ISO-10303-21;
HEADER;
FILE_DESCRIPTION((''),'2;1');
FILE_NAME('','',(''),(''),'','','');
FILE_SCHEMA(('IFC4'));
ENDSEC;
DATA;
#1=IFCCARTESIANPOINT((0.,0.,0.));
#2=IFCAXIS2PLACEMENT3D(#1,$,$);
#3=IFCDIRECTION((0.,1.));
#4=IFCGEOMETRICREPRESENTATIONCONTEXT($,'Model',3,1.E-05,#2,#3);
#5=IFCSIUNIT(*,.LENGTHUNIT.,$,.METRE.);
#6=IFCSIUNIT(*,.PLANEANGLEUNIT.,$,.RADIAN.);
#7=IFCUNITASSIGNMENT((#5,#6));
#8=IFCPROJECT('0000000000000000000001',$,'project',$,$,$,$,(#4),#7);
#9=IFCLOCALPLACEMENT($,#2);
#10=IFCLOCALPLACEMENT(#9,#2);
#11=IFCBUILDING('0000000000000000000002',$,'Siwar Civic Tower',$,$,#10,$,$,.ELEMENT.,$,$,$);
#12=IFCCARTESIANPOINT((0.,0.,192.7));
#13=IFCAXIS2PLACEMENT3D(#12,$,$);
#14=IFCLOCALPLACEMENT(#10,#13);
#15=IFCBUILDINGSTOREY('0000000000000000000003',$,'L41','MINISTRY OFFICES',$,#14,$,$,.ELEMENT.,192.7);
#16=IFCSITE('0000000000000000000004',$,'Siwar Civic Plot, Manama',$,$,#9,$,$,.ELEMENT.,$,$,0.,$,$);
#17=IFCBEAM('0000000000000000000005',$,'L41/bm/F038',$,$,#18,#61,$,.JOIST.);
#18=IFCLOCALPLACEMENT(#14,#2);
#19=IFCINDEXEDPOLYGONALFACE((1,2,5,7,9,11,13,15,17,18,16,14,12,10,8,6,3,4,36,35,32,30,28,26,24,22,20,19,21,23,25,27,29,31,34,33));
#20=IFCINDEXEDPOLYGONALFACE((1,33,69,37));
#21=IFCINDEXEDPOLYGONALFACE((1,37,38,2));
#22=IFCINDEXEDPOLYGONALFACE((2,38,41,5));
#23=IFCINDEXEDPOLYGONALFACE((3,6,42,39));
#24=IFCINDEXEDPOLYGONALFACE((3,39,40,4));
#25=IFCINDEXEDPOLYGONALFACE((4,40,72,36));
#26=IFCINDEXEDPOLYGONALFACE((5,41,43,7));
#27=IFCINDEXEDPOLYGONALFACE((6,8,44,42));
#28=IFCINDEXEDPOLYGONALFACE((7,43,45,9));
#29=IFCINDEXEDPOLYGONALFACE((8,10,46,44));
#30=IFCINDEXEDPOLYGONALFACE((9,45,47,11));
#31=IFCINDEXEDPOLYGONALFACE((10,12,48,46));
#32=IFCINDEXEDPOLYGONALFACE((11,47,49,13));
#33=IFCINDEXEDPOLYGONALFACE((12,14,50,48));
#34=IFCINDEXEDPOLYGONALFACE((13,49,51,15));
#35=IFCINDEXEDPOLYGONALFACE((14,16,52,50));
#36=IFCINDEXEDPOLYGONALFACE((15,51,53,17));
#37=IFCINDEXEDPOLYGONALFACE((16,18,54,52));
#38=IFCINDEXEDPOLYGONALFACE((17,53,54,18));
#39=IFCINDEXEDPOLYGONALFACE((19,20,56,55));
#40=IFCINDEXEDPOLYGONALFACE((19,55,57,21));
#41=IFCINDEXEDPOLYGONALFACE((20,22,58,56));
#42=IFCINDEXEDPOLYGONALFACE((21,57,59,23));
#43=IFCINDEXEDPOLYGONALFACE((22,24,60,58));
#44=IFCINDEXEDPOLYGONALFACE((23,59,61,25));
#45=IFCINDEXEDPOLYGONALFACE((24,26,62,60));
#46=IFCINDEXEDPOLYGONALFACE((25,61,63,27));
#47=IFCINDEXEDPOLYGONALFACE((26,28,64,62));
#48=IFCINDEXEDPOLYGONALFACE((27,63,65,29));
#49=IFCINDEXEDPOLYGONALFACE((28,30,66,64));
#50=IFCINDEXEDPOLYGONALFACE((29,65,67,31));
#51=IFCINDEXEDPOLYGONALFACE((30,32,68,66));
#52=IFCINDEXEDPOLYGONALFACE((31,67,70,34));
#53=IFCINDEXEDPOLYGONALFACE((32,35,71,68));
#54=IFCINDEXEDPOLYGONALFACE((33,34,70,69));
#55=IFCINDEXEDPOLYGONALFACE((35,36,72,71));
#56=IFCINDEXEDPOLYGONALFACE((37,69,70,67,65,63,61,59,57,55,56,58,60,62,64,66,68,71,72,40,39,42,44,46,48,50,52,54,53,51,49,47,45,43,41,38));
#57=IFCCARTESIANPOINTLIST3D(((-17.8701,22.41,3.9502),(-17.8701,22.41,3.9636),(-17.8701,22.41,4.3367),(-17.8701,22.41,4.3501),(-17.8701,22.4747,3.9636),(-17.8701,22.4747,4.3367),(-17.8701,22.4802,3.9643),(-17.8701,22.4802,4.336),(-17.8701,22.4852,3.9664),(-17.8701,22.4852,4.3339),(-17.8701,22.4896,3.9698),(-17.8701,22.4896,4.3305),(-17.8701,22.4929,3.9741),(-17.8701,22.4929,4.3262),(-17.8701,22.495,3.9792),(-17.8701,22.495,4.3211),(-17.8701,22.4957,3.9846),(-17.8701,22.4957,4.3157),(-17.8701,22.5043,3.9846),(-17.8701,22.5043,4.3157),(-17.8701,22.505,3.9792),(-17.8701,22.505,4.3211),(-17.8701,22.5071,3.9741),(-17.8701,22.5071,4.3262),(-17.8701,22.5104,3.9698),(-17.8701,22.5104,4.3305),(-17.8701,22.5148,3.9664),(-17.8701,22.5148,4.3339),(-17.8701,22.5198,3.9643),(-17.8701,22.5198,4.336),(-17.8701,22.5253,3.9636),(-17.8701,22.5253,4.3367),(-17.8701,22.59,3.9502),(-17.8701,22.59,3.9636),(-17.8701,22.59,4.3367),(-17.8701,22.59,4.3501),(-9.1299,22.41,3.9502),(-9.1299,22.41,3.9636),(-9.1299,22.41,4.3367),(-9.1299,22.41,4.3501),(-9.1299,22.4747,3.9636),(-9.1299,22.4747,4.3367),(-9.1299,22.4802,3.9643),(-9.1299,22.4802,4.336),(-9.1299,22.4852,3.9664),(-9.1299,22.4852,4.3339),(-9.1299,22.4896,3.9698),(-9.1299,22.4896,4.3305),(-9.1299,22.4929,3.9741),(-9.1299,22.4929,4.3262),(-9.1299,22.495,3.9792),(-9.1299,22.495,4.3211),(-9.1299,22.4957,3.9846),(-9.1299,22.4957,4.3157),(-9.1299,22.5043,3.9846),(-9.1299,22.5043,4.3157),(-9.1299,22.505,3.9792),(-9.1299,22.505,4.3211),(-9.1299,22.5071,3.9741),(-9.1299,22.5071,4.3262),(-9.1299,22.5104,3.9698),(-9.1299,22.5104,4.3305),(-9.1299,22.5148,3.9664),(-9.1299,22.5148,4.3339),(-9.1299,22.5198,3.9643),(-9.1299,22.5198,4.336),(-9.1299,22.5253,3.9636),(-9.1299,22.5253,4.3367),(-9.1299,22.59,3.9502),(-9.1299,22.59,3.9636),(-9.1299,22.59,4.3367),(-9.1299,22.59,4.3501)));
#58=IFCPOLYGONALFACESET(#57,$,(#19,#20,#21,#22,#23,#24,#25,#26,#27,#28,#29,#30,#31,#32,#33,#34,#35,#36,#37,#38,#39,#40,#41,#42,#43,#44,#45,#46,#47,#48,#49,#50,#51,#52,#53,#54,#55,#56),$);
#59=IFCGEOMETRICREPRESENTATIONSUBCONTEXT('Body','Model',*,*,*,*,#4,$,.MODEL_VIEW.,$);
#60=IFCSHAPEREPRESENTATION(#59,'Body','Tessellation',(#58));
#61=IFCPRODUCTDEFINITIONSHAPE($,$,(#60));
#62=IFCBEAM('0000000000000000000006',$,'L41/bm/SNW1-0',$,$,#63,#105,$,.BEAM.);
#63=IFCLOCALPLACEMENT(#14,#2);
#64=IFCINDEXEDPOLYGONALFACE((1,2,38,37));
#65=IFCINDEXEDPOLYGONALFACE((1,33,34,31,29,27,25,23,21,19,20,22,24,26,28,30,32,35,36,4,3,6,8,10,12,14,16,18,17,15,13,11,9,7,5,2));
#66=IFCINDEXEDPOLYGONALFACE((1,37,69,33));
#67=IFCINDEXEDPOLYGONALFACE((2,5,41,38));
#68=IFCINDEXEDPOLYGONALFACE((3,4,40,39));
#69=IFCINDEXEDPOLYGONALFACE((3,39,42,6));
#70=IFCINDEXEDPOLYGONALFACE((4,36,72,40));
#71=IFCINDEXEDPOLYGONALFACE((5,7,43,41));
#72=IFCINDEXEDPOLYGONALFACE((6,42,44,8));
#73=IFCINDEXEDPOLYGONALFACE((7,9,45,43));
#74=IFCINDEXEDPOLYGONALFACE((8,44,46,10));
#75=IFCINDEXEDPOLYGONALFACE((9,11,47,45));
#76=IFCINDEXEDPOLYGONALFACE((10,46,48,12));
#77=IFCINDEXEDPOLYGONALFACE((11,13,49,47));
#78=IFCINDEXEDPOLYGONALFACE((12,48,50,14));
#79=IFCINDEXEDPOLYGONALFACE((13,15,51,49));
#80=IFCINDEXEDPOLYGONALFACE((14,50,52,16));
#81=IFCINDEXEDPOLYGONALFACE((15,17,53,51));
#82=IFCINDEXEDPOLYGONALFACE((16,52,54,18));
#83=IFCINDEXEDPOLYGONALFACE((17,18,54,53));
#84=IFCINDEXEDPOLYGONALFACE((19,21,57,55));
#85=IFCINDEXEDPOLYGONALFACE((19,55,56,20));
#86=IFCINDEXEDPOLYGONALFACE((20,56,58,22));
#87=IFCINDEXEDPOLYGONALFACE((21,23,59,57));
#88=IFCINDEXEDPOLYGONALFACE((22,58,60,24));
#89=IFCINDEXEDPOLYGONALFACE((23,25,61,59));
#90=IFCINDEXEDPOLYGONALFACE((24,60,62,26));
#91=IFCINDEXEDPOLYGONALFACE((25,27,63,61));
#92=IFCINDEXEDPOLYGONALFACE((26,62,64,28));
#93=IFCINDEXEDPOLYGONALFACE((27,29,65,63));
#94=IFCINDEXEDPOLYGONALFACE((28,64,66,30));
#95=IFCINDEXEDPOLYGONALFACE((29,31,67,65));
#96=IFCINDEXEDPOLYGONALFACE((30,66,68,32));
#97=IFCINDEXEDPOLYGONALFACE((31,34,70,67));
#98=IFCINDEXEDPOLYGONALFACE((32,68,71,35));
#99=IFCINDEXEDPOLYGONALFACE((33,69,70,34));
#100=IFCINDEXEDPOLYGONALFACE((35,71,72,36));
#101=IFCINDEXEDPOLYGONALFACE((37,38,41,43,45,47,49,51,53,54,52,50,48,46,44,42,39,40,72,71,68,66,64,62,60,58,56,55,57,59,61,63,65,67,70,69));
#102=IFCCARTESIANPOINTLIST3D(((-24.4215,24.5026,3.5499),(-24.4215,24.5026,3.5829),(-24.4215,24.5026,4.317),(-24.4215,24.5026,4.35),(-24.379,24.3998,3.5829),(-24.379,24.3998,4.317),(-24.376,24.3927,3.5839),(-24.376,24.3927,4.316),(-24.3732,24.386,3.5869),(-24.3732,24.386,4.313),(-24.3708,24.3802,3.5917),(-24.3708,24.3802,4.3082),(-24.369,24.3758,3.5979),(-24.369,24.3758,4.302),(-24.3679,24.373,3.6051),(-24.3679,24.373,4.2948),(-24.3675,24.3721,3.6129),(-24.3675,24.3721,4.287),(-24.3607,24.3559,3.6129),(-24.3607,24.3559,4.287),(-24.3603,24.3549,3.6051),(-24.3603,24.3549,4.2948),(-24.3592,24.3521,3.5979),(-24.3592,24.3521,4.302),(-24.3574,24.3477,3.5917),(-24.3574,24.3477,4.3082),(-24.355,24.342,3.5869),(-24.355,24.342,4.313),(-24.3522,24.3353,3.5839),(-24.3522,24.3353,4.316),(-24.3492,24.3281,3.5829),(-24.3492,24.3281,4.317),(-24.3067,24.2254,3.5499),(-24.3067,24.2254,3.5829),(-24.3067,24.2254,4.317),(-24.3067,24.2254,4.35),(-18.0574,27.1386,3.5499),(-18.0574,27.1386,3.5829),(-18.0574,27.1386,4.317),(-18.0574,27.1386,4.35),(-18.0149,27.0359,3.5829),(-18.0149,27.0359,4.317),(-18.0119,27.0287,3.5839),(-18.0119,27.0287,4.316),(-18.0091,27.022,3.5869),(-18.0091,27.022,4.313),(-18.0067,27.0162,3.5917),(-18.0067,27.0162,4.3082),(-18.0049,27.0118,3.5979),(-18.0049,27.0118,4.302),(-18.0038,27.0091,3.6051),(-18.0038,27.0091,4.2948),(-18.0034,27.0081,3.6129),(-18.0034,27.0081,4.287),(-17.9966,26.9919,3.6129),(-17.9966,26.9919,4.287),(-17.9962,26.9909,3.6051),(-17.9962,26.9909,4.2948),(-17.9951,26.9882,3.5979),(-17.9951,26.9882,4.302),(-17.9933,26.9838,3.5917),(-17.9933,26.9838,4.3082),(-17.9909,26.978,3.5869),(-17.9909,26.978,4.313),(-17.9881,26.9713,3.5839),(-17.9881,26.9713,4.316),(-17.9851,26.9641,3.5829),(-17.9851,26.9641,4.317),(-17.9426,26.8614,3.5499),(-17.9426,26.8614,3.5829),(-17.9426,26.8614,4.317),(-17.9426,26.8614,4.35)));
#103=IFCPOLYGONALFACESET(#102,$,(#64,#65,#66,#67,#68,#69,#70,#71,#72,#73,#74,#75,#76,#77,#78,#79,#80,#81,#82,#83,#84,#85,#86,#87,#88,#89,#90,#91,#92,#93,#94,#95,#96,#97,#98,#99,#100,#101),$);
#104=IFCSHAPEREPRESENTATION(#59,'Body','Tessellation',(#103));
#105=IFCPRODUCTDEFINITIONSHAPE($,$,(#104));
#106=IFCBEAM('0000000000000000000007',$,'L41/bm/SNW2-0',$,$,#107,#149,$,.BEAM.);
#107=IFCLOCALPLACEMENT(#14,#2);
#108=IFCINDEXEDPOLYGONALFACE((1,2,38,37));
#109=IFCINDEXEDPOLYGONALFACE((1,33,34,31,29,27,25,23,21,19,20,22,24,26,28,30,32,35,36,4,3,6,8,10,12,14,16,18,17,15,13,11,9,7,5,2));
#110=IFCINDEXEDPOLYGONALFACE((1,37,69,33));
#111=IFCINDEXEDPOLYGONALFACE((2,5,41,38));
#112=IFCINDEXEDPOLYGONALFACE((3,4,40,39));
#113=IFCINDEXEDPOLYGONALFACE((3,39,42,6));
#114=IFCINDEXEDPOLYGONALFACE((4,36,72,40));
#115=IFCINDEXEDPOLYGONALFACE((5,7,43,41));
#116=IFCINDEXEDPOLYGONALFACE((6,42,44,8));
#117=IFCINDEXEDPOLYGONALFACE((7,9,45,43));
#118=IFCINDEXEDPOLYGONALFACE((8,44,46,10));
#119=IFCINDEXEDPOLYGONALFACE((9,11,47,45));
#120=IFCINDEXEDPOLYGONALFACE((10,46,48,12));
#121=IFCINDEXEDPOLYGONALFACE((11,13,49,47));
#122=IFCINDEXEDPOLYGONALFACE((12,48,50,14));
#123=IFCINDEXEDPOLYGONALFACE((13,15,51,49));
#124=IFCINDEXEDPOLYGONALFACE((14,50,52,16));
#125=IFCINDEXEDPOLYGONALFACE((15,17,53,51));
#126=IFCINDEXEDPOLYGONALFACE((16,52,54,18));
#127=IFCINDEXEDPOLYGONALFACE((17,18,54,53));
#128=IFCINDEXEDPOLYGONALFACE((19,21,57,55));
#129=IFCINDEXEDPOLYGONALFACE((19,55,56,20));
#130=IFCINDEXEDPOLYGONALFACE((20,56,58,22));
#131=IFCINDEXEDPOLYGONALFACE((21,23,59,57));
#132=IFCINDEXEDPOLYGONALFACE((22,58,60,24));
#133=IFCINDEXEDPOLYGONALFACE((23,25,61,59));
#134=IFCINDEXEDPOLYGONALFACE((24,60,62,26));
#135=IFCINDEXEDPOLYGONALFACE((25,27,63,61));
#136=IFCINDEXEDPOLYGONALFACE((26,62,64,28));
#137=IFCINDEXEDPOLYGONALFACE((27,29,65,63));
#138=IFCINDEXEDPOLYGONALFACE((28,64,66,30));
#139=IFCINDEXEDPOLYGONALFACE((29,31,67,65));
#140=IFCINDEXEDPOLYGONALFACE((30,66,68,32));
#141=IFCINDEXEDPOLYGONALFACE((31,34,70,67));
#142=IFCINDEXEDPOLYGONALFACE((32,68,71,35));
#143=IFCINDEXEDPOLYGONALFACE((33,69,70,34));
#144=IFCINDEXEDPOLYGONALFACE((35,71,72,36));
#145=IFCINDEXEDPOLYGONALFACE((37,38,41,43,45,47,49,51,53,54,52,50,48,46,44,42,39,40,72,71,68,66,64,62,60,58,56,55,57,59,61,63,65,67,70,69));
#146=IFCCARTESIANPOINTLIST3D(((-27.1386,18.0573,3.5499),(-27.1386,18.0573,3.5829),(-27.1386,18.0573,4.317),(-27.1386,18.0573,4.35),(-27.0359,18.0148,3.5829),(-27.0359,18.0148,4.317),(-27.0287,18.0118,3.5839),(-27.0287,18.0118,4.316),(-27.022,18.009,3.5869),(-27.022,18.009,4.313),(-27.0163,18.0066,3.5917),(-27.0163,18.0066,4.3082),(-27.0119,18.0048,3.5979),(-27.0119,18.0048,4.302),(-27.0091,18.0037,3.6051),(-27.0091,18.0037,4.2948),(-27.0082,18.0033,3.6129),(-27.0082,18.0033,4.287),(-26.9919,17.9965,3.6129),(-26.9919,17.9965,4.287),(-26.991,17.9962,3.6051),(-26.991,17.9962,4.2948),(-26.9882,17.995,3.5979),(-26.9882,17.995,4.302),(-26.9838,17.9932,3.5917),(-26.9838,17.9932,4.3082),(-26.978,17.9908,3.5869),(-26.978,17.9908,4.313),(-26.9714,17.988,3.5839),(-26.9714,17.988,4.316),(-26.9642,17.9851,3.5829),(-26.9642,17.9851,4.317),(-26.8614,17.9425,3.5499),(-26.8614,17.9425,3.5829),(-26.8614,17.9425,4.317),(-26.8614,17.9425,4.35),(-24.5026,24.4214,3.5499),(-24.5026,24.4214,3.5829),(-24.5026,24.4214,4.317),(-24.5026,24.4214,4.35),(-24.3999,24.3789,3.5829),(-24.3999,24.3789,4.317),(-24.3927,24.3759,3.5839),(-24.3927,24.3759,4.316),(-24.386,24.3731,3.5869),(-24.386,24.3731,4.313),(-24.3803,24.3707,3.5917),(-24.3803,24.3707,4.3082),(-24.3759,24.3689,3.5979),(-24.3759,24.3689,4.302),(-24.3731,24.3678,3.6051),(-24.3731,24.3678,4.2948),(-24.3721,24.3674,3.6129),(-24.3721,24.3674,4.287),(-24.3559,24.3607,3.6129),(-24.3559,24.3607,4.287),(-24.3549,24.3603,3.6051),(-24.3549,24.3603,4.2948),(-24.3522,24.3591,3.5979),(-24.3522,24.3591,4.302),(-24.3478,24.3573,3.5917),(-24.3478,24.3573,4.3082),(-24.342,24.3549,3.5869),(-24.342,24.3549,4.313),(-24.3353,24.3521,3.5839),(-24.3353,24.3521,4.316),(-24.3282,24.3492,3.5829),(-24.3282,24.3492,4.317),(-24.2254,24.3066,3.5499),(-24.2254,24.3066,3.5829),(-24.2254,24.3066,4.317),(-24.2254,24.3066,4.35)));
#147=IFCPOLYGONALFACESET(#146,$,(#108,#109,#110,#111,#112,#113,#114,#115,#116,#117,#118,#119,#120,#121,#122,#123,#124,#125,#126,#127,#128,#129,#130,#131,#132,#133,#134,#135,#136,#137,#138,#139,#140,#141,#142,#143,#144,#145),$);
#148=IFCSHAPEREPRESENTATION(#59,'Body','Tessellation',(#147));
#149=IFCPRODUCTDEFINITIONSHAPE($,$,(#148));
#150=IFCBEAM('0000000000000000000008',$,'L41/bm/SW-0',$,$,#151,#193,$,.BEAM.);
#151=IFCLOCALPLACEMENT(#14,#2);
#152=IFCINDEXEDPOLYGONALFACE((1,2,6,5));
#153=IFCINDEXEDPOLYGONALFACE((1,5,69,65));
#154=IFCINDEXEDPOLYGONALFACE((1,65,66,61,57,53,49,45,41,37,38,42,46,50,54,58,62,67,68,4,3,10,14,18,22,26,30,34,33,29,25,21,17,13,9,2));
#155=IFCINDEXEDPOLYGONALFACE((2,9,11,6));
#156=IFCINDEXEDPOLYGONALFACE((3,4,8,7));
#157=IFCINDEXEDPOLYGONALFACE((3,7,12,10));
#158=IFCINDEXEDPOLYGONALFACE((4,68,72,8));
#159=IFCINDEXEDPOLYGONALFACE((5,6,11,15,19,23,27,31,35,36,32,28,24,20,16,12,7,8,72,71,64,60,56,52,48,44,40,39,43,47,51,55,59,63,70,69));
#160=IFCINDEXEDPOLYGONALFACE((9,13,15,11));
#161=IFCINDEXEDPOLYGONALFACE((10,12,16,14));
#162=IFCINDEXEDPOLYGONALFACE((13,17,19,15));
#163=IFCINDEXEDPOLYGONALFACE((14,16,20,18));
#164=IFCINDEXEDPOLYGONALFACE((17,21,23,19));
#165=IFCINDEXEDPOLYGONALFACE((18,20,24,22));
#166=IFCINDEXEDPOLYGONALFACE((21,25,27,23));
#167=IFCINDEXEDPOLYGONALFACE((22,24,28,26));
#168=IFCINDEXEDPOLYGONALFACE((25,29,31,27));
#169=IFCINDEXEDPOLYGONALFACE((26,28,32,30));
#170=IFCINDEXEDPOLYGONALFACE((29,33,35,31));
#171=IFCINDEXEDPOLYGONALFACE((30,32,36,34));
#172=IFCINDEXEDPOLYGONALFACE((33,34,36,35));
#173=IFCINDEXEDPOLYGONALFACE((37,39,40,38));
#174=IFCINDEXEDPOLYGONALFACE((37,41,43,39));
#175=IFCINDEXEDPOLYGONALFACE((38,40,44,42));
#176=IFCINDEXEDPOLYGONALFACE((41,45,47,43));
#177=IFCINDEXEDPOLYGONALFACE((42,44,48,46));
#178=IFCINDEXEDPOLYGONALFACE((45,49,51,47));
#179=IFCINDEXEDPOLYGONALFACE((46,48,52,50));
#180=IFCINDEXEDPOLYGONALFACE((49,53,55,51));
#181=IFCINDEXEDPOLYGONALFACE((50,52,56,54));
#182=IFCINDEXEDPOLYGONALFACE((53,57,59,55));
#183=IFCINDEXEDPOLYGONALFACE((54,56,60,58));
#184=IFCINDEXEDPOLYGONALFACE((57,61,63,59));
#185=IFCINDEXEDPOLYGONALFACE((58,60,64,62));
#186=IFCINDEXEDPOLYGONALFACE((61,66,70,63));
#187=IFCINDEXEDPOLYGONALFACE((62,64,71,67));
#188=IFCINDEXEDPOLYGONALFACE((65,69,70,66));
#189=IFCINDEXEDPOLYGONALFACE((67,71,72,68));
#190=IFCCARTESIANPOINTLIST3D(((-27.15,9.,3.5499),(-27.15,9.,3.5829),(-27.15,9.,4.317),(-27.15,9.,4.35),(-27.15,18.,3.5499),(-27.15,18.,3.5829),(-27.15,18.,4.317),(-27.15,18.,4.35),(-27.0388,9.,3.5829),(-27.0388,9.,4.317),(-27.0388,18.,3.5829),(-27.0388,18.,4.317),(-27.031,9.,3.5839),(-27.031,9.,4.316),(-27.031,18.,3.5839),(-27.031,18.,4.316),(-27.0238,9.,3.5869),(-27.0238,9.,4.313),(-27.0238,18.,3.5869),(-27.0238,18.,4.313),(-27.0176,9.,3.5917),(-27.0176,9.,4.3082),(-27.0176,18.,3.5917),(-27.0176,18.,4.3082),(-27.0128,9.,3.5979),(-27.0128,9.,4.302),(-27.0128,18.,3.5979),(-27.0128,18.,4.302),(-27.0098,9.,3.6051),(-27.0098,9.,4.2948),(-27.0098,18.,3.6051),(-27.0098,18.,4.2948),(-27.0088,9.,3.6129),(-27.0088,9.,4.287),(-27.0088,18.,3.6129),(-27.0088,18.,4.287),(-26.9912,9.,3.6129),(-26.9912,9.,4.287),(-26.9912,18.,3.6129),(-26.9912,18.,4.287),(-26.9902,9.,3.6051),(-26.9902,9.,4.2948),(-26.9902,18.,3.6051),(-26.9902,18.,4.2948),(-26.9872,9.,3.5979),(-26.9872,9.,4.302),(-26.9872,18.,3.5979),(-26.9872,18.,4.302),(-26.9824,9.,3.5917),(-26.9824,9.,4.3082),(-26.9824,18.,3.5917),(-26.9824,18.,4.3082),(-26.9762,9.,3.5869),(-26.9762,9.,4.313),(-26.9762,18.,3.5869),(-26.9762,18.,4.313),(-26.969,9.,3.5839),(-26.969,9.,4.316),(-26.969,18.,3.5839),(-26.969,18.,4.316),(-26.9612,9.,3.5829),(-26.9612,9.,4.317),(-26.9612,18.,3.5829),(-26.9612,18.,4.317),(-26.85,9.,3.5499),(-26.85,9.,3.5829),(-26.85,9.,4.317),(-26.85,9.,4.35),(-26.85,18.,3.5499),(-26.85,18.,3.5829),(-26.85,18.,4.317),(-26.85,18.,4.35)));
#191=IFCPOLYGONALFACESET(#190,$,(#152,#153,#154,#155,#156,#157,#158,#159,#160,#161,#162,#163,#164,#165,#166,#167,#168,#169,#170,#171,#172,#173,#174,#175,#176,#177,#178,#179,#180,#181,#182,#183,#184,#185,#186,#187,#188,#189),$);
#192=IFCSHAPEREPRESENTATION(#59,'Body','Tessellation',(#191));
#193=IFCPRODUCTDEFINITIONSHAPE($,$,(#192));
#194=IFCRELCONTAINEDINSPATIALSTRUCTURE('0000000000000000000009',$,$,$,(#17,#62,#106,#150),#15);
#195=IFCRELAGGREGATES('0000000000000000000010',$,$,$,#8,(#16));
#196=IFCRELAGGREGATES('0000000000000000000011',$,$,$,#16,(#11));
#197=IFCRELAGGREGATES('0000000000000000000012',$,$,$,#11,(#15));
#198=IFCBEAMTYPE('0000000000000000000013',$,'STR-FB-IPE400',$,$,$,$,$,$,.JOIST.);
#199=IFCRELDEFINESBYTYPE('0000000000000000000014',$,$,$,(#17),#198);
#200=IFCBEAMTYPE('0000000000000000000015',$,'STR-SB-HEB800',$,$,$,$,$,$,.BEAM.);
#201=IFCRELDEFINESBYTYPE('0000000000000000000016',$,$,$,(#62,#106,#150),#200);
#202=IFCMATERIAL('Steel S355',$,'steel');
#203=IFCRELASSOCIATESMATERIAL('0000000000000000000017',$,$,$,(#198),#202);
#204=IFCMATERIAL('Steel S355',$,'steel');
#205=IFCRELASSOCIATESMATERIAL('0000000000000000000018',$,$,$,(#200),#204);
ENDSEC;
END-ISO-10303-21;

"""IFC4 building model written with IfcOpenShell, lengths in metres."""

from ifc_helpers import new_model, si_unit, direction, frame, origin, origin_2d, place, context, subcontext, project, spatial, i_section, extrude, material, material_profile, profile_set, type_object, element, save


model = new_model("IFC4")

# Units and contexts
model_context = context("Model", 3, precision=1e-05, world=origin(), true_north=direction((0.0, 1.0)))
body_context = subcontext(model_context, "Body", "Model", "MODEL_VIEW")
ifc_project = project(units=[si_unit("LENGTHUNIT", "METRE"), si_unit("PLANEANGLEUNIT", "RADIAN")], contexts=[model_context])

# Site, building, storey
site_placement = place(None, origin())
site = spatial("IfcSite", under=ifc_project, at=site_placement, Name="Siwar Civic Plot, Manama", CompositionType="ELEMENT", RefElevation=0.0)
building_placement = place(site_placement, origin())
building = spatial("IfcBuilding", under=site, at=building_placement, Name="Siwar Civic Tower", CompositionType="ELEMENT")
storey_placement = place(building_placement, frame((0.0, 0.0, 192.7)))
storey = spatial("IfcBuildingStorey", under=building, at=storey_placement, Name="L41", Description="MINISTRY OFFICES", CompositionType="ELEMENT", Elevation=192.7)

# Beams
ifc_material_1 = material(Name="Steel S355", Category="steel")
ifc_material_profile_1 = material_profile(ifc_material_1, i_section(OverallWidth=0.1799, OverallDepth=0.3999, WebThickness=0.0085, FlangeThickness=0.0134, FilletRadius=0.021, at=origin_2d()), Name="IPE400")
ifc_profile_set_1 = profile_set([ifc_material_profile_1], Name="Steel S355")
beam_type_1 = type_object("IfcBeamType", Name="STR-FB-IPE400", PredefinedType="JOIST", material=ifc_profile_set_1)
beam_1_placement = place(storey_placement, frame((-17.8701, 22.5, 4.1501), z_axis=(1.0, 0.0, 0.0), x_axis=(0.0, 1.0, 0.0)))
element("IfcBeam", 1, at=beam_1_placement, inside=storey, type_object=beam_type_1, Name="L41/bm/F038", PredefinedType="JOIST", context=body_context, shape_type="SweptSolid", body=[
    extrude(i_section(OverallWidth=0.1799, OverallDepth=0.3999, WebThickness=0.0085, FlangeThickness=0.0134, FilletRadius=0.021, at=origin_2d()), origin(), (0.0, 0.0, 1.0), 8.7402),
])
ifc_material_2 = material(Name="Steel S355", Category="steel")
ifc_material_profile_2 = material_profile(ifc_material_2, i_section(OverallWidth=0.3, OverallDepth=0.8, WebThickness=0.0176, FlangeThickness=0.033, FilletRadius=0.03, at=origin_2d()), Name="HEB800")
ifc_profile_set_2 = profile_set([ifc_material_profile_2], Name="Steel S355")
beam_type_2 = type_object("IfcBeamType", Name="STR-SB-HEB800", PredefinedType="BEAM", material=ifc_profile_set_2)
for number, where, z_axis, x_axis, name in (
    (2, (-18.0, 27.0, 3.95), (-0.923883, -0.382674, 0.0), (0.382674, -0.923883, 0.0), "L41/bm/SNW1-0"),
    (3, (-24.364, 24.364, 3.95), (-0.382674, -0.923883, 0.0), (0.923883, -0.382674, 0.0), "L41/bm/SNW2-0"),
):
    element("IfcBeam", number, at=place(storey_placement, frame(where, z_axis=z_axis, x_axis=x_axis)), inside=storey, type_object=beam_type_2, Name=name, PredefinedType="BEAM", context=body_context, shape_type="SweptSolid", body=[
        extrude(i_section(OverallWidth=0.3, OverallDepth=0.8, WebThickness=0.0176, FlangeThickness=0.033, FilletRadius=0.03, at=origin_2d()), origin(), (0.0, 0.0, 1.0), 6.8884),
    ])
beam_2_placement = place(storey_placement, frame((-27.0, 18.0, 3.95), z_axis=(0.0, -1.0, 0.0), x_axis=(1.0, 0.0, 0.0)))
element("IfcBeam", 4, at=beam_2_placement, inside=storey, type_object=beam_type_2, Name="L41/bm/SW-0", PredefinedType="BEAM", context=body_context, shape_type="SweptSolid", body=[
    extrude(i_section(OverallWidth=0.3, OverallDepth=0.8, WebThickness=0.0176, FlangeThickness=0.033, FilletRadius=0.03, at=origin_2d()), origin(), (0.0, 0.0, 1.0), 9.0),
])

save(model, "model.ifc")
